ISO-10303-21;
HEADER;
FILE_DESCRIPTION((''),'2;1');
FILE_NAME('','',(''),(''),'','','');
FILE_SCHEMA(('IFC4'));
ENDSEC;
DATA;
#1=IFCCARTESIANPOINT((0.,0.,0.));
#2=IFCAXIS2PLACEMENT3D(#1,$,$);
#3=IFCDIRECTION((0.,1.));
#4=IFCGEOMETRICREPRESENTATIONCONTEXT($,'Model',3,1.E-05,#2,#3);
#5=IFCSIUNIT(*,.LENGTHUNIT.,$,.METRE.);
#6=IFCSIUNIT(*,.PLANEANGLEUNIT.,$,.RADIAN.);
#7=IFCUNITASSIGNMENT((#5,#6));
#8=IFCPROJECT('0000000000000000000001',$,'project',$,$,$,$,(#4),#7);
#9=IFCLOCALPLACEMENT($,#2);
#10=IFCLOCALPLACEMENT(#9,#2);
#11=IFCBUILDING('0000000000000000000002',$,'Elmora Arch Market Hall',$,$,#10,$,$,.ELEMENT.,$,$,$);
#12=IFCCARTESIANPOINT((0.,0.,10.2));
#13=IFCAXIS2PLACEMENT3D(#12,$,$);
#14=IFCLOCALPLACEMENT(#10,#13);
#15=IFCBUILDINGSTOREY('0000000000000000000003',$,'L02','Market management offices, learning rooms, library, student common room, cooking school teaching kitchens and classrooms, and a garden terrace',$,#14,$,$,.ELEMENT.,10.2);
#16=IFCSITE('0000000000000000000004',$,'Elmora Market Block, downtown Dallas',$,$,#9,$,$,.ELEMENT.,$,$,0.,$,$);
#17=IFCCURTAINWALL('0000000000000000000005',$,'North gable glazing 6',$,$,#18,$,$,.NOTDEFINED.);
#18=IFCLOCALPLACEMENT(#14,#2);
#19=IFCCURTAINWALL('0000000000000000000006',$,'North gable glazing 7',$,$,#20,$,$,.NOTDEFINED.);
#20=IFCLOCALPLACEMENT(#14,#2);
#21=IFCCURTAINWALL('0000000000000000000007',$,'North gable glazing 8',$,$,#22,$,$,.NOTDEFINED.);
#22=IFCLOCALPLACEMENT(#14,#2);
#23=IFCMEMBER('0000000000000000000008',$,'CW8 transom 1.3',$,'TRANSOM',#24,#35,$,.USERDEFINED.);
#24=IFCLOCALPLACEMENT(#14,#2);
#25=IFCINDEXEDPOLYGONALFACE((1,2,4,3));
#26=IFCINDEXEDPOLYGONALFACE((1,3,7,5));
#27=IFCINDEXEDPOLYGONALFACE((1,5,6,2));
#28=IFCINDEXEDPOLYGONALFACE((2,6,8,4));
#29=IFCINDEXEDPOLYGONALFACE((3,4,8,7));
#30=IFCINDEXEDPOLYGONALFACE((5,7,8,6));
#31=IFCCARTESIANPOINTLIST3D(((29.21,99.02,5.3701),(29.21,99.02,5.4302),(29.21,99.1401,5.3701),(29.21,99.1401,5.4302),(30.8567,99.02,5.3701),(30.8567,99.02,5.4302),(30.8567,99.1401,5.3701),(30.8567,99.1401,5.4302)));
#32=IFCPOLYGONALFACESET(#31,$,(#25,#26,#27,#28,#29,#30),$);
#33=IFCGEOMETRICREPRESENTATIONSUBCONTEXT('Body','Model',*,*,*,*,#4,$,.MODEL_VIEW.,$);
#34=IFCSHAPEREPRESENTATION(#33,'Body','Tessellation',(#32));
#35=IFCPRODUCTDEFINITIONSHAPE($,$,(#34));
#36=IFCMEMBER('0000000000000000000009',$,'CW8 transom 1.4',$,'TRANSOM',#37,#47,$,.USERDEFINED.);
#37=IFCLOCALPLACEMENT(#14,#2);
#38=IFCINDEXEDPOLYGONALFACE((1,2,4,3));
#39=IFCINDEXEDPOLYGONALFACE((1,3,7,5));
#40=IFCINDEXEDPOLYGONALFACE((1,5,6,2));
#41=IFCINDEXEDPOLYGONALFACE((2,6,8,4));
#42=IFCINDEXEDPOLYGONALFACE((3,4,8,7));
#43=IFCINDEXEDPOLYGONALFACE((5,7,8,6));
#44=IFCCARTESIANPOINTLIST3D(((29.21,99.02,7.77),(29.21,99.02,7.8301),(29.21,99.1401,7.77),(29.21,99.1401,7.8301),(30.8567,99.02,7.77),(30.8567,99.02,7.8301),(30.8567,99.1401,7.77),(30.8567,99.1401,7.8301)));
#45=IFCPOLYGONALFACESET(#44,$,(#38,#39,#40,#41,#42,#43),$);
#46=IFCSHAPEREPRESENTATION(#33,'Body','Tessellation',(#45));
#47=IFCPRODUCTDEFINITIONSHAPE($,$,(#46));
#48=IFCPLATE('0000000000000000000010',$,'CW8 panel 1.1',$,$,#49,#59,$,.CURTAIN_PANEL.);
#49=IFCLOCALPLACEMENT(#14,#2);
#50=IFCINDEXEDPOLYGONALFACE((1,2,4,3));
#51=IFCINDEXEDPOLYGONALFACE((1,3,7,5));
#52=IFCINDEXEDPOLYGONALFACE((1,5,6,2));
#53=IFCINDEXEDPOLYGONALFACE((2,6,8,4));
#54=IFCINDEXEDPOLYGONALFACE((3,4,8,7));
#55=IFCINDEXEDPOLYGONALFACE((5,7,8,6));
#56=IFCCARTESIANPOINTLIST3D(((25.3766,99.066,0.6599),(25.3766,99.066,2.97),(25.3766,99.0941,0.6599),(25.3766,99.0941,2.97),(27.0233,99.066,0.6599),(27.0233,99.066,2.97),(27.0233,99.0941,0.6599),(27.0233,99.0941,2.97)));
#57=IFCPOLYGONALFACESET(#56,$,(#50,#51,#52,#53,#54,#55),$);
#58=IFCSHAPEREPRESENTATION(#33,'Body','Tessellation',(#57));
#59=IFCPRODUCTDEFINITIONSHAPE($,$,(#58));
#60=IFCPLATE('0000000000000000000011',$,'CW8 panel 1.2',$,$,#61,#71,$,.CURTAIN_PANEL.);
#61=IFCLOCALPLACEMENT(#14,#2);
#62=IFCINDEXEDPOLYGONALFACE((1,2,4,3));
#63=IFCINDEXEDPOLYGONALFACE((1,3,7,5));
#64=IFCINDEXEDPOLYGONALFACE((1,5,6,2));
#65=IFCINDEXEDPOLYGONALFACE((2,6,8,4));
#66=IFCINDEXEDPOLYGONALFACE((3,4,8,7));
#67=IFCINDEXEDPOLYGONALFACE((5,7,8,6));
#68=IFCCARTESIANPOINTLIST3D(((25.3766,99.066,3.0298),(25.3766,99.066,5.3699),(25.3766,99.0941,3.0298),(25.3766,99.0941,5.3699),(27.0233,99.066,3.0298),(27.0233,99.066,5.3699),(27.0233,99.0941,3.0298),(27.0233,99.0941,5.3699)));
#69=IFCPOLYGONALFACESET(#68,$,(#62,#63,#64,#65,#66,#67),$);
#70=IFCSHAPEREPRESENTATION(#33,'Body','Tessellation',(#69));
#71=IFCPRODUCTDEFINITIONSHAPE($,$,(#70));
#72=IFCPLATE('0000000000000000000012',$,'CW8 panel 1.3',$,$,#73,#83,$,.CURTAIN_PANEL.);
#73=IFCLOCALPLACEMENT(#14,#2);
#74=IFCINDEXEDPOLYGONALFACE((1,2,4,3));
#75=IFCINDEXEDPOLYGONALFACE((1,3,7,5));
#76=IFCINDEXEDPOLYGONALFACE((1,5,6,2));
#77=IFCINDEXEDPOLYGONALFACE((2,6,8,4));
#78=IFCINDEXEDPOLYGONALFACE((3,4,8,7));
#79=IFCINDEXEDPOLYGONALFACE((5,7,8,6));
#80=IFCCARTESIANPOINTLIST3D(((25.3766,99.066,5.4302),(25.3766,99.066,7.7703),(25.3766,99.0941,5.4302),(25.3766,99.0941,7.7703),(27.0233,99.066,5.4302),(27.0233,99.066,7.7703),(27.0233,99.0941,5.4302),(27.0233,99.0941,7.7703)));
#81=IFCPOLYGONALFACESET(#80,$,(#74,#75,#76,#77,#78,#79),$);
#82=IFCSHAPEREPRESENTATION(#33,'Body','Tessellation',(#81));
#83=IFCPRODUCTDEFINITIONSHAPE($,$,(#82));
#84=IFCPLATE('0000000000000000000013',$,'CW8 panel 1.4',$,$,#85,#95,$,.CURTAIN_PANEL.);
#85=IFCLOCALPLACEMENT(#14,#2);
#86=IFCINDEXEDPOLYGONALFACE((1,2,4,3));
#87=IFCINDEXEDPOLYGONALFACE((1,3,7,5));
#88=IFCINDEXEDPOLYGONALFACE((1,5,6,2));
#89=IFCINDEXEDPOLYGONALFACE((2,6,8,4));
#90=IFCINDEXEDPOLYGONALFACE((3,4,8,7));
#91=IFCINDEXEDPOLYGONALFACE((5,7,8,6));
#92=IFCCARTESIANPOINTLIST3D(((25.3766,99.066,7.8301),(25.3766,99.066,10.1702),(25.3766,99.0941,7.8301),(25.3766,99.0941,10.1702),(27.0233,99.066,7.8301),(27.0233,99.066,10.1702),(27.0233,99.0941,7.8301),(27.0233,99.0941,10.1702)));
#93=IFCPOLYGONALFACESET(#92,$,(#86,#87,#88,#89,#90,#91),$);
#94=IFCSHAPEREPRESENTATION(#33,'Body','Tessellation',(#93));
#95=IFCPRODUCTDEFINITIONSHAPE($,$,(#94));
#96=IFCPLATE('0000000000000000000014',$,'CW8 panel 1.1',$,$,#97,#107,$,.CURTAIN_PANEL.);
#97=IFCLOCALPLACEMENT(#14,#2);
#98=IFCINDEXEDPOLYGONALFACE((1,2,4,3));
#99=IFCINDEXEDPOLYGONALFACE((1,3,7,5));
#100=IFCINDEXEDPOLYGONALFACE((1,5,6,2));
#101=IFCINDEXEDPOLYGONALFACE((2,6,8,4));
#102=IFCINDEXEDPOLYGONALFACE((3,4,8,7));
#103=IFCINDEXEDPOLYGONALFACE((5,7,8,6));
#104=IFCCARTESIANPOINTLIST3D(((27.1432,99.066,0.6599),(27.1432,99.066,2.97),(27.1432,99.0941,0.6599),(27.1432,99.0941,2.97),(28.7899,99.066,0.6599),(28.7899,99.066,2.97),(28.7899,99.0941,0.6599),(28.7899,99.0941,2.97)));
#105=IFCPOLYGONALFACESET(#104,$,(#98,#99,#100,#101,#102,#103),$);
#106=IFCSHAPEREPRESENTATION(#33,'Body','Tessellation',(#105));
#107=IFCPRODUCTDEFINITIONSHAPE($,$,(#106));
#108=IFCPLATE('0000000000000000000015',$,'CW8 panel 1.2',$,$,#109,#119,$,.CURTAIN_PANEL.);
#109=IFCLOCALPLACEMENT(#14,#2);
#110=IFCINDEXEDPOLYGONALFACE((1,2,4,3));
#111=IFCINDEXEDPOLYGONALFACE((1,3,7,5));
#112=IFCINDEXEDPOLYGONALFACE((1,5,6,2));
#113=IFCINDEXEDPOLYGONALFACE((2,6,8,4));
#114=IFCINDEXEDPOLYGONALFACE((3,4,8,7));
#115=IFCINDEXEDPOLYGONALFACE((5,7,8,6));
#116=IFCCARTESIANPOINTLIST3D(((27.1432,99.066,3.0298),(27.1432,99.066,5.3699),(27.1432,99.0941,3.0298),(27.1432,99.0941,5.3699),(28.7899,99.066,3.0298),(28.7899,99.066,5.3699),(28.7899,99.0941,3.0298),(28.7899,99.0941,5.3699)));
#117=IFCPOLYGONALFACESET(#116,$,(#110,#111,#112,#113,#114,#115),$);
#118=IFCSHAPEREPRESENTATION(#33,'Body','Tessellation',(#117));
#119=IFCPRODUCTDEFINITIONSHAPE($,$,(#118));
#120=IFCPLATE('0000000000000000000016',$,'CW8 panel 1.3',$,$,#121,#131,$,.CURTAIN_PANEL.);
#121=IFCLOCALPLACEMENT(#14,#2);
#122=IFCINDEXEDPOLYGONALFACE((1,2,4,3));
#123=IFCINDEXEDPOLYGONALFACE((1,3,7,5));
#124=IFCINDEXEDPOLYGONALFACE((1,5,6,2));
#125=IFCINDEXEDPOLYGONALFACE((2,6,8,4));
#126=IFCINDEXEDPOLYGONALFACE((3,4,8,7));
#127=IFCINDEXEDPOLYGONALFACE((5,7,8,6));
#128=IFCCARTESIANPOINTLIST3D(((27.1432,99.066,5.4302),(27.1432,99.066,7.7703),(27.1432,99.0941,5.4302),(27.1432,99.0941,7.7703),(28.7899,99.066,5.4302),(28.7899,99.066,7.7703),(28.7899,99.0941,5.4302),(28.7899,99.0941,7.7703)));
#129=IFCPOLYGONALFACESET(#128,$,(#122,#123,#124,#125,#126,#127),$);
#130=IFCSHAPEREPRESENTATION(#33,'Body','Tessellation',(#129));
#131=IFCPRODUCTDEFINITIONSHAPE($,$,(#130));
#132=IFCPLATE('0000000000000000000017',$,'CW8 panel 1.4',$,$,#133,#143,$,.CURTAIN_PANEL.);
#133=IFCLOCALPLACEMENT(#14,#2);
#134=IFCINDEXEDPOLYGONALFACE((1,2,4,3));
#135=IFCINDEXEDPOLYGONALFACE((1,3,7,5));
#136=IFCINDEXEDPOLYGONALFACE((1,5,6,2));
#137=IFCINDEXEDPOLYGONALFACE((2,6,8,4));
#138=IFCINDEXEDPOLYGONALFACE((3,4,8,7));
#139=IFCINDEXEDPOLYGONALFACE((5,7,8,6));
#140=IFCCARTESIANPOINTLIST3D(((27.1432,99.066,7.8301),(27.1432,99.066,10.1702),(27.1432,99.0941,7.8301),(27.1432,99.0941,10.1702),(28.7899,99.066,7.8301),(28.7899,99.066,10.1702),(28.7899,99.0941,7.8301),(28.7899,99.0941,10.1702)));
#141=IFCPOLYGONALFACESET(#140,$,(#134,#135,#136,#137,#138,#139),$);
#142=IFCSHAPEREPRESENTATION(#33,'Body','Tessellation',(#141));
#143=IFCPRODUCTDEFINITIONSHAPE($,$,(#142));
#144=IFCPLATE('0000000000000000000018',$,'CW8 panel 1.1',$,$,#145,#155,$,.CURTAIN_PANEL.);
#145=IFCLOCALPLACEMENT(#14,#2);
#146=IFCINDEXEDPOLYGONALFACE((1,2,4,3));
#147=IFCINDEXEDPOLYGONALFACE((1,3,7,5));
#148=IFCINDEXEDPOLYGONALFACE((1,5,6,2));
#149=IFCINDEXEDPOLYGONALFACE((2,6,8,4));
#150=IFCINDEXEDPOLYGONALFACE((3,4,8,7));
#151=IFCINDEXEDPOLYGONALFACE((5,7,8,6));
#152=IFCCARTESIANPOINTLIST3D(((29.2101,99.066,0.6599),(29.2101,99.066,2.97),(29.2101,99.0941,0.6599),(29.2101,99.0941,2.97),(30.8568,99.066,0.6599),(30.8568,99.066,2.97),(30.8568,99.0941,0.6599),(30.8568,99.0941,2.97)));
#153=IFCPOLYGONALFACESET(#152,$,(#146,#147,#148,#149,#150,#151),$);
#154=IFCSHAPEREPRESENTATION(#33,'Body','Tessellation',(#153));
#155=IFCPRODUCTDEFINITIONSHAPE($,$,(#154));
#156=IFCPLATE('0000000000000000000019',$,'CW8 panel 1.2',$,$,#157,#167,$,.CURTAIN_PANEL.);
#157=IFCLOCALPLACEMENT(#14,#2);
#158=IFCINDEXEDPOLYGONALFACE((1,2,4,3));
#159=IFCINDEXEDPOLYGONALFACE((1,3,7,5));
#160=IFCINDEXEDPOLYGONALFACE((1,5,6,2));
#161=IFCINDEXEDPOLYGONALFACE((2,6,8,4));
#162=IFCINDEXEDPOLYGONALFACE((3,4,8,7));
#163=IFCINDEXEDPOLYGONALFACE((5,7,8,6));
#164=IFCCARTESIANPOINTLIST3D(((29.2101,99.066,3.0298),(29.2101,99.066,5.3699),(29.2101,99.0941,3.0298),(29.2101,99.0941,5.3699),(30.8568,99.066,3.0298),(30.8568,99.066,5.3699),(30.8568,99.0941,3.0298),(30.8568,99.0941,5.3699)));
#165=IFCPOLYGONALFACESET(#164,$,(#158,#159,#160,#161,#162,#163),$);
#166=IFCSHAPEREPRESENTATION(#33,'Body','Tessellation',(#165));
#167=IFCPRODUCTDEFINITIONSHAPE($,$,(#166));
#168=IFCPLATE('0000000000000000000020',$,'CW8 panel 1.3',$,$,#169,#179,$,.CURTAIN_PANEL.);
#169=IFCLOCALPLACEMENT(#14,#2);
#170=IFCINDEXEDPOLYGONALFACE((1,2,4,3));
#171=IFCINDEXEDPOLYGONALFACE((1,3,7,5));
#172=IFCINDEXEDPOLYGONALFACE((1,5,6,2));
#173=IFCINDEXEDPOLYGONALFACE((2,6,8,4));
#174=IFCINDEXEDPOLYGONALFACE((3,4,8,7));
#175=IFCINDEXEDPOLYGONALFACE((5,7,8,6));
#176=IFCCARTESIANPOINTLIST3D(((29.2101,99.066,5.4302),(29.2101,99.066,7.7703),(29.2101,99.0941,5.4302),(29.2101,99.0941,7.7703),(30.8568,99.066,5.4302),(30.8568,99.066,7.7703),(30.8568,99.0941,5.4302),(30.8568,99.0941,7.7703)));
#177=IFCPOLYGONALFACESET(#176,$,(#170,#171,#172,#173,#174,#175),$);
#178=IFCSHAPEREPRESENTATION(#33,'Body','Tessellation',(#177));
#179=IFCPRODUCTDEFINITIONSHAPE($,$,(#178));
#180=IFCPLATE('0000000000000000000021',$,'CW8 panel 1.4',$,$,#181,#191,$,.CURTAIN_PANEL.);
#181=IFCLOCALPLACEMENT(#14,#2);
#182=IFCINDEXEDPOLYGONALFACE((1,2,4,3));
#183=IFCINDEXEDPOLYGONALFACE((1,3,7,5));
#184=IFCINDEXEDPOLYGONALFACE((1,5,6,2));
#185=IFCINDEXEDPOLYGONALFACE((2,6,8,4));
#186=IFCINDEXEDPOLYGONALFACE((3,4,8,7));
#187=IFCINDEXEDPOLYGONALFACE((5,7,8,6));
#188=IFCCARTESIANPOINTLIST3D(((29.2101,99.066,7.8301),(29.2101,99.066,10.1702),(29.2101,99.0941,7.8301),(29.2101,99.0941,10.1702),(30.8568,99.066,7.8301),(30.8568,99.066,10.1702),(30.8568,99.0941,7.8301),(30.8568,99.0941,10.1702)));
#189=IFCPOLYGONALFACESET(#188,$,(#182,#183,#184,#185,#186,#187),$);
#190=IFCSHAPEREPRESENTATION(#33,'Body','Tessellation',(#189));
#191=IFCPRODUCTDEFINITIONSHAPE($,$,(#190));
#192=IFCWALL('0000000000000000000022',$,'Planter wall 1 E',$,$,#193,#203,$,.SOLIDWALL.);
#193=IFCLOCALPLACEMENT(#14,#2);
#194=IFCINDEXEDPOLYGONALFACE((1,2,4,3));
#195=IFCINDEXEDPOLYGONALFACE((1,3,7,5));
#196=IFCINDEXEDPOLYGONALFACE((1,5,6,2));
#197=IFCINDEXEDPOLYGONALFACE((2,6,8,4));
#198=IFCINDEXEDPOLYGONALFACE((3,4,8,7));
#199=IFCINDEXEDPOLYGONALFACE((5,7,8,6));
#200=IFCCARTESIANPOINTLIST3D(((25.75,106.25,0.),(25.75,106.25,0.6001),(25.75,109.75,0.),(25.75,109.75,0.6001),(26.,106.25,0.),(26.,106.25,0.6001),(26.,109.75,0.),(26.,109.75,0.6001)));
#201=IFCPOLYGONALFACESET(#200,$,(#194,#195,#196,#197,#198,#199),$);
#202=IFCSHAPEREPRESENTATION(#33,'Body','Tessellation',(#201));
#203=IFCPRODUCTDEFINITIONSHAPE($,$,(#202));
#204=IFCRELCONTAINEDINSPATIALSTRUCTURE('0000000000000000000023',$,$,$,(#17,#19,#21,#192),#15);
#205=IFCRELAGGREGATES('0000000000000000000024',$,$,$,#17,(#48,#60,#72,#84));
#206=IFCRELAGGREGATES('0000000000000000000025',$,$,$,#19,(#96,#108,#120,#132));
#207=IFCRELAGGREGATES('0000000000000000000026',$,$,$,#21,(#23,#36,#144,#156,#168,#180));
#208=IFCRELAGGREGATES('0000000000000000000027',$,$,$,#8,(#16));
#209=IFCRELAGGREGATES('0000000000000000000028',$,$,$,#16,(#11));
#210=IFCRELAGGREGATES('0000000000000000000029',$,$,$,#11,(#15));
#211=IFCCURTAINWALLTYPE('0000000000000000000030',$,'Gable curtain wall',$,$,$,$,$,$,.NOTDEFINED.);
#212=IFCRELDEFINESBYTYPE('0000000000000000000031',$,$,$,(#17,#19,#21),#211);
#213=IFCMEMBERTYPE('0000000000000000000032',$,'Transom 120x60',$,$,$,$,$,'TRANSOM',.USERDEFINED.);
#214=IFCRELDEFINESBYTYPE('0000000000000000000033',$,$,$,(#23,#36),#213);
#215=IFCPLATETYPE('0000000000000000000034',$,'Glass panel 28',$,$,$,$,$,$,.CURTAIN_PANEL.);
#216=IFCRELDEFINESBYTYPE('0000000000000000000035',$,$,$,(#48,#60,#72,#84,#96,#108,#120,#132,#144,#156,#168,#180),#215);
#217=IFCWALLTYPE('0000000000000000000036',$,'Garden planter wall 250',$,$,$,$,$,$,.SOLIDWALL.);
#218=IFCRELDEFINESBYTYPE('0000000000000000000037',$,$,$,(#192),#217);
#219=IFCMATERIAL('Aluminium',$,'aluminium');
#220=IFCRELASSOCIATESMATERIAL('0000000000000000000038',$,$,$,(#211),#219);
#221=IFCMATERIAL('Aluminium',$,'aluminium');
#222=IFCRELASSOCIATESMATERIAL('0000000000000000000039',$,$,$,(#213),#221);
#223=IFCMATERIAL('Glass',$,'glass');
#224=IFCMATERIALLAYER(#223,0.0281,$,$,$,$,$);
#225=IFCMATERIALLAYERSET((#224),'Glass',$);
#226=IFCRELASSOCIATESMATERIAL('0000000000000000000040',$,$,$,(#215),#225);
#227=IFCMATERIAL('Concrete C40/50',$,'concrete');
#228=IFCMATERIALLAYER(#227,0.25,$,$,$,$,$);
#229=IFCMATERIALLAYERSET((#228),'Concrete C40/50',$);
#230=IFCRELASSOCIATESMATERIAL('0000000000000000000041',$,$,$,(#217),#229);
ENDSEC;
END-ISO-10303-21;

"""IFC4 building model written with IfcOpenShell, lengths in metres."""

from ifc_helpers import new_model, si_unit, direction, frame, frame_2d, origin, origin_2d, place, context, subcontext, project, spatial, rectangle, extrude, material, layer, layer_set, material_profile, profile_set, type_object, element, aggregate, save


model = new_model("IFC4")

# Units and contexts
model_context = context("Model", 3, precision=1e-05, world=origin(), true_north=direction((0.0, 1.0)))
body_context = subcontext(model_context, "Body", "Model", "MODEL_VIEW")
ifc_project = project(units=[si_unit("LENGTHUNIT", "METRE"), si_unit("PLANEANGLEUNIT", "RADIAN")], contexts=[model_context])

# Site, building, storey
site_placement = place(None, origin())
site = spatial("IfcSite", under=ifc_project, at=site_placement, Name="Elmora Market Block, downtown Dallas", CompositionType="ELEMENT", RefElevation=0.0)
building_placement = place(site_placement, origin())
building = spatial("IfcBuilding", under=site, at=building_placement, Name="Elmora Arch Market Hall", CompositionType="ELEMENT")
storey_placement = place(building_placement, frame((0.0, 0.0, 10.2)))
storey = spatial("IfcBuildingStorey", under=building, at=storey_placement, Name="L02", Description="Market management offices, learning rooms, library, student common room, cooking school teaching kitchens and classrooms, and a garden terrace", CompositionType="ELEMENT", Elevation=10.2)

# Curtain walls
ifc_material_1 = material(Name="Aluminium", Category="aluminium")
curtain_wall_type = type_object("IfcCurtainWallType", Name="Gable curtain wall", PredefinedType="NOTDEFINED", material=ifc_material_1)
curtain_wall_1_placement = place(storey_placement, origin())
curtain_wall_1 = element("IfcCurtainWall", 1, at=curtain_wall_1_placement, inside=storey, type_object=curtain_wall_type, Name="North gable glazing 6", PredefinedType="NOTDEFINED")
curtain_wall_2_placement = place(storey_placement, origin())
curtain_wall_2 = element("IfcCurtainWall", 2, at=curtain_wall_2_placement, inside=storey, type_object=curtain_wall_type, Name="North gable glazing 7", PredefinedType="NOTDEFINED")

# Curtain wall
curtain_wall_3_placement = place(storey_placement, origin())
curtain_wall_3 = element("IfcCurtainWall", 3, at=curtain_wall_3_placement, inside=storey, type_object=curtain_wall_type, Name="North gable glazing 8", PredefinedType="NOTDEFINED")

# Members
ifc_material_2 = material(Name="Aluminium", Category="aluminium")
ifc_material_profile_1 = material_profile(ifc_material_2, rectangle(XDim=0.1201, YDim=0.0601, at=origin_2d()), Name="AL 120x60")
ifc_profile_set_1 = profile_set([ifc_material_profile_1], Name="Aluminium")
member_type_1 = type_object("IfcMemberType", Name="Transom 120x60", ElementType="TRANSOM", PredefinedType="USERDEFINED", material=ifc_profile_set_1)
member_1_placement = place(storey_placement, frame((29.21, 99.0801, 5.4001), z_axis=(1.0, 0.0, 0.0), x_axis=(0.0, 1.0, 0.0)))
member_1 = element("IfcMember", 4, at=member_1_placement, type_object=member_type_1, Name="CW8 transom 1.3", ObjectType="TRANSOM", PredefinedType="USERDEFINED", context=body_context, shape_type="SweptSolid", body=[
    extrude(rectangle(XDim=0.1201, YDim=0.0601, at=origin_2d()), origin(), (0.0, 0.0, 1.0), 1.6467),
])
member_2_placement = place(storey_placement, frame((29.21, 99.0801, 7.8), z_axis=(1.0, 0.0, 0.0), x_axis=(0.0, 1.0, 0.0)))
member_2 = element("IfcMember", 5, at=member_2_placement, type_object=member_type_1, Name="CW8 transom 1.4", ObjectType="TRANSOM", PredefinedType="USERDEFINED", context=body_context, shape_type="SweptSolid", body=[
    extrude(rectangle(XDim=0.1201, YDim=0.0601, at=origin_2d()), origin(), (0.0, 0.0, 1.0), 1.6467),
])

# Plates
ifc_material_3 = material(Name="Glass", Category="glass")
ifc_layer_1 = layer(ifc_material_3, 0.0281)
ifc_layer_set_1 = layer_set([ifc_layer_1], Name="Glass")
plate_type = type_object("IfcPlateType", Name="Glass panel 28", PredefinedType="CURTAIN_PANEL", material=ifc_layer_set_1)
plate_1_placement = place(storey_placement, frame((26.2, 99.0801, 0.6599), z_axis=(0.0, 0.0, 1.0), x_axis=(1.0, 0.0, 0.0)))
plate_1 = element("IfcPlate", 6, at=plate_1_placement, type_object=plate_type, Name="CW8 panel 1.1", PredefinedType="CURTAIN_PANEL", context=body_context, shape_type="SweptSolid", body=[
    extrude(rectangle(XDim=1.6467, YDim=0.0281, at=origin_2d()), origin(), (0.0, 0.0, 1.0), 2.3101),
])
plate_2_placement = place(storey_placement, frame((26.2, 99.0801, 3.0298), z_axis=(0.0, 0.0, 1.0), x_axis=(1.0, 0.0, 0.0)))
plate_2 = element("IfcPlate", 7, at=plate_2_placement, type_object=plate_type, Name="CW8 panel 1.2", PredefinedType="CURTAIN_PANEL", context=body_context, shape_type="SweptSolid", body=[
    extrude(rectangle(XDim=1.6467, YDim=0.0281, at=origin_2d()), origin(), (0.0, 0.0, 1.0), 2.3401),
])
plate_3_placement = place(storey_placement, frame((26.2, 99.0801, 5.4302), z_axis=(0.0, 0.0, 1.0), x_axis=(1.0, 0.0, 0.0)))
plate_3 = element("IfcPlate", 8, at=plate_3_placement, type_object=plate_type, Name="CW8 panel 1.3", PredefinedType="CURTAIN_PANEL", context=body_context, shape_type="SweptSolid", body=[
    extrude(rectangle(XDim=1.6467, YDim=0.0281, at=origin_2d()), origin(), (0.0, 0.0, 1.0), 2.3401),
])
plate_4_placement = place(storey_placement, frame((26.2, 99.0801, 7.8301), z_axis=(0.0, 0.0, 1.0), x_axis=(1.0, 0.0, 0.0)))
plate_4 = element("IfcPlate", 9, at=plate_4_placement, type_object=plate_type, Name="CW8 panel 1.4", PredefinedType="CURTAIN_PANEL", context=body_context, shape_type="SweptSolid", body=[
    extrude(rectangle(XDim=1.6467, YDim=0.0281, at=origin_2d()), origin(), (0.0, 0.0, 1.0), 2.3401),
])
aggregate(curtain_wall_1, [plate_1, plate_2, plate_3, plate_4])
plate_5_placement = place(storey_placement, frame((27.9666, 99.0801, 0.6599), z_axis=(0.0, 0.0, 1.0), x_axis=(1.0, 0.0, 0.0)))
plate_5 = element("IfcPlate", 10, at=plate_5_placement, type_object=plate_type, Name="CW8 panel 1.1", PredefinedType="CURTAIN_PANEL", context=body_context, shape_type="SweptSolid", body=[
    extrude(rectangle(XDim=1.6467, YDim=0.0281, at=origin_2d()), origin(), (0.0, 0.0, 1.0), 2.3101),
])
plate_6_placement = place(storey_placement, frame((27.9666, 99.0801, 3.0298), z_axis=(0.0, 0.0, 1.0), x_axis=(1.0, 0.0, 0.0)))
plate_6 = element("IfcPlate", 11, at=plate_6_placement, type_object=plate_type, Name="CW8 panel 1.2", PredefinedType="CURTAIN_PANEL", context=body_context, shape_type="SweptSolid", body=[
    extrude(rectangle(XDim=1.6467, YDim=0.0281, at=origin_2d()), origin(), (0.0, 0.0, 1.0), 2.3401),
])
plate_7_placement = place(storey_placement, frame((27.9666, 99.0801, 5.4302), z_axis=(0.0, 0.0, 1.0), x_axis=(1.0, 0.0, 0.0)))
plate_7 = element("IfcPlate", 12, at=plate_7_placement, type_object=plate_type, Name="CW8 panel 1.3", PredefinedType="CURTAIN_PANEL", context=body_context, shape_type="SweptSolid", body=[
    extrude(rectangle(XDim=1.6467, YDim=0.0281, at=origin_2d()), origin(), (0.0, 0.0, 1.0), 2.3401),
])
plate_8_placement = place(storey_placement, frame((27.9666, 99.0801, 7.8301), z_axis=(0.0, 0.0, 1.0), x_axis=(1.0, 0.0, 0.0)))
plate_8 = element("IfcPlate", 13, at=plate_8_placement, type_object=plate_type, Name="CW8 panel 1.4", PredefinedType="CURTAIN_PANEL", context=body_context, shape_type="SweptSolid", body=[
    extrude(rectangle(XDim=1.6467, YDim=0.0281, at=origin_2d()), origin(), (0.0, 0.0, 1.0), 2.3401),
])
aggregate(curtain_wall_2, [plate_5, plate_6, plate_7, plate_8])
plate_9_placement = place(storey_placement, frame((30.0334, 99.0801, 0.6599), z_axis=(0.0, 0.0, 1.0), x_axis=(1.0, 0.0, 0.0)))
plate_9 = element("IfcPlate", 14, at=plate_9_placement, type_object=plate_type, Name="CW8 panel 1.1", PredefinedType="CURTAIN_PANEL", context=body_context, shape_type="SweptSolid", body=[
    extrude(rectangle(XDim=1.6467, YDim=0.0281, at=origin_2d()), origin(), (0.0, 0.0, 1.0), 2.3101),
])
plate_10_placement = place(storey_placement, frame((30.0334, 99.0801, 3.0298), z_axis=(0.0, 0.0, 1.0), x_axis=(1.0, 0.0, 0.0)))
plate_10 = element("IfcPlate", 15, at=plate_10_placement, type_object=plate_type, Name="CW8 panel 1.2", PredefinedType="CURTAIN_PANEL", context=body_context, shape_type="SweptSolid", body=[
    extrude(rectangle(XDim=1.6467, YDim=0.0281, at=origin_2d()), origin(), (0.0, 0.0, 1.0), 2.3401),
])
plate_11_placement = place(storey_placement, frame((30.0334, 99.0801, 5.4302), z_axis=(0.0, 0.0, 1.0), x_axis=(1.0, 0.0, 0.0)))
plate_11 = element("IfcPlate", 16, at=plate_11_placement, type_object=plate_type, Name="CW8 panel 1.3", PredefinedType="CURTAIN_PANEL", context=body_context, shape_type="SweptSolid", body=[
    extrude(rectangle(XDim=1.6467, YDim=0.0281, at=origin_2d()), origin(), (0.0, 0.0, 1.0), 2.3401),
])
plate_12_placement = place(storey_placement, frame((30.0334, 99.0801, 7.8301), z_axis=(0.0, 0.0, 1.0), x_axis=(1.0, 0.0, 0.0)))
plate_12 = element("IfcPlate", 17, at=plate_12_placement, type_object=plate_type, Name="CW8 panel 1.4", PredefinedType="CURTAIN_PANEL", context=body_context, shape_type="SweptSolid", body=[
    extrude(rectangle(XDim=1.6467, YDim=0.0281, at=origin_2d()), origin(), (0.0, 0.0, 1.0), 2.3401),
])
aggregate(curtain_wall_3, [member_1, member_2, plate_9, plate_10, plate_11, plate_12])

# Wall
ifc_material_4 = material(Name="Concrete C40/50", Category="concrete")
ifc_layer_2 = layer(ifc_material_4, 0.25)
ifc_layer_set_2 = layer_set([ifc_layer_2], Name="Concrete C40/50")
wall_type = type_object("IfcWallType", Name="Garden planter wall 250", PredefinedType="SOLIDWALL", material=ifc_layer_set_2)
for number, where, z_axis, x_axis, name in (
    (18, (25.875, 106.25, 0.0), (0.0, 0.0, 1.0), (0.0, 1.0, 0.0), "Planter wall 1 E"),
):
    element("IfcWall", number, at=place(storey_placement, frame(where, z_axis=z_axis, x_axis=x_axis)), inside=storey, type_object=wall_type, Name=name, PredefinedType="SOLIDWALL", context=body_context, shape_type="SweptSolid", body=[
        extrude(rectangle(XDim=3.5, YDim=0.25, at=frame_2d((1.75, 0.0))), origin(), (0.0, 0.0, 1.0), 0.6001),
    ])

save(model, "model.ifc")
